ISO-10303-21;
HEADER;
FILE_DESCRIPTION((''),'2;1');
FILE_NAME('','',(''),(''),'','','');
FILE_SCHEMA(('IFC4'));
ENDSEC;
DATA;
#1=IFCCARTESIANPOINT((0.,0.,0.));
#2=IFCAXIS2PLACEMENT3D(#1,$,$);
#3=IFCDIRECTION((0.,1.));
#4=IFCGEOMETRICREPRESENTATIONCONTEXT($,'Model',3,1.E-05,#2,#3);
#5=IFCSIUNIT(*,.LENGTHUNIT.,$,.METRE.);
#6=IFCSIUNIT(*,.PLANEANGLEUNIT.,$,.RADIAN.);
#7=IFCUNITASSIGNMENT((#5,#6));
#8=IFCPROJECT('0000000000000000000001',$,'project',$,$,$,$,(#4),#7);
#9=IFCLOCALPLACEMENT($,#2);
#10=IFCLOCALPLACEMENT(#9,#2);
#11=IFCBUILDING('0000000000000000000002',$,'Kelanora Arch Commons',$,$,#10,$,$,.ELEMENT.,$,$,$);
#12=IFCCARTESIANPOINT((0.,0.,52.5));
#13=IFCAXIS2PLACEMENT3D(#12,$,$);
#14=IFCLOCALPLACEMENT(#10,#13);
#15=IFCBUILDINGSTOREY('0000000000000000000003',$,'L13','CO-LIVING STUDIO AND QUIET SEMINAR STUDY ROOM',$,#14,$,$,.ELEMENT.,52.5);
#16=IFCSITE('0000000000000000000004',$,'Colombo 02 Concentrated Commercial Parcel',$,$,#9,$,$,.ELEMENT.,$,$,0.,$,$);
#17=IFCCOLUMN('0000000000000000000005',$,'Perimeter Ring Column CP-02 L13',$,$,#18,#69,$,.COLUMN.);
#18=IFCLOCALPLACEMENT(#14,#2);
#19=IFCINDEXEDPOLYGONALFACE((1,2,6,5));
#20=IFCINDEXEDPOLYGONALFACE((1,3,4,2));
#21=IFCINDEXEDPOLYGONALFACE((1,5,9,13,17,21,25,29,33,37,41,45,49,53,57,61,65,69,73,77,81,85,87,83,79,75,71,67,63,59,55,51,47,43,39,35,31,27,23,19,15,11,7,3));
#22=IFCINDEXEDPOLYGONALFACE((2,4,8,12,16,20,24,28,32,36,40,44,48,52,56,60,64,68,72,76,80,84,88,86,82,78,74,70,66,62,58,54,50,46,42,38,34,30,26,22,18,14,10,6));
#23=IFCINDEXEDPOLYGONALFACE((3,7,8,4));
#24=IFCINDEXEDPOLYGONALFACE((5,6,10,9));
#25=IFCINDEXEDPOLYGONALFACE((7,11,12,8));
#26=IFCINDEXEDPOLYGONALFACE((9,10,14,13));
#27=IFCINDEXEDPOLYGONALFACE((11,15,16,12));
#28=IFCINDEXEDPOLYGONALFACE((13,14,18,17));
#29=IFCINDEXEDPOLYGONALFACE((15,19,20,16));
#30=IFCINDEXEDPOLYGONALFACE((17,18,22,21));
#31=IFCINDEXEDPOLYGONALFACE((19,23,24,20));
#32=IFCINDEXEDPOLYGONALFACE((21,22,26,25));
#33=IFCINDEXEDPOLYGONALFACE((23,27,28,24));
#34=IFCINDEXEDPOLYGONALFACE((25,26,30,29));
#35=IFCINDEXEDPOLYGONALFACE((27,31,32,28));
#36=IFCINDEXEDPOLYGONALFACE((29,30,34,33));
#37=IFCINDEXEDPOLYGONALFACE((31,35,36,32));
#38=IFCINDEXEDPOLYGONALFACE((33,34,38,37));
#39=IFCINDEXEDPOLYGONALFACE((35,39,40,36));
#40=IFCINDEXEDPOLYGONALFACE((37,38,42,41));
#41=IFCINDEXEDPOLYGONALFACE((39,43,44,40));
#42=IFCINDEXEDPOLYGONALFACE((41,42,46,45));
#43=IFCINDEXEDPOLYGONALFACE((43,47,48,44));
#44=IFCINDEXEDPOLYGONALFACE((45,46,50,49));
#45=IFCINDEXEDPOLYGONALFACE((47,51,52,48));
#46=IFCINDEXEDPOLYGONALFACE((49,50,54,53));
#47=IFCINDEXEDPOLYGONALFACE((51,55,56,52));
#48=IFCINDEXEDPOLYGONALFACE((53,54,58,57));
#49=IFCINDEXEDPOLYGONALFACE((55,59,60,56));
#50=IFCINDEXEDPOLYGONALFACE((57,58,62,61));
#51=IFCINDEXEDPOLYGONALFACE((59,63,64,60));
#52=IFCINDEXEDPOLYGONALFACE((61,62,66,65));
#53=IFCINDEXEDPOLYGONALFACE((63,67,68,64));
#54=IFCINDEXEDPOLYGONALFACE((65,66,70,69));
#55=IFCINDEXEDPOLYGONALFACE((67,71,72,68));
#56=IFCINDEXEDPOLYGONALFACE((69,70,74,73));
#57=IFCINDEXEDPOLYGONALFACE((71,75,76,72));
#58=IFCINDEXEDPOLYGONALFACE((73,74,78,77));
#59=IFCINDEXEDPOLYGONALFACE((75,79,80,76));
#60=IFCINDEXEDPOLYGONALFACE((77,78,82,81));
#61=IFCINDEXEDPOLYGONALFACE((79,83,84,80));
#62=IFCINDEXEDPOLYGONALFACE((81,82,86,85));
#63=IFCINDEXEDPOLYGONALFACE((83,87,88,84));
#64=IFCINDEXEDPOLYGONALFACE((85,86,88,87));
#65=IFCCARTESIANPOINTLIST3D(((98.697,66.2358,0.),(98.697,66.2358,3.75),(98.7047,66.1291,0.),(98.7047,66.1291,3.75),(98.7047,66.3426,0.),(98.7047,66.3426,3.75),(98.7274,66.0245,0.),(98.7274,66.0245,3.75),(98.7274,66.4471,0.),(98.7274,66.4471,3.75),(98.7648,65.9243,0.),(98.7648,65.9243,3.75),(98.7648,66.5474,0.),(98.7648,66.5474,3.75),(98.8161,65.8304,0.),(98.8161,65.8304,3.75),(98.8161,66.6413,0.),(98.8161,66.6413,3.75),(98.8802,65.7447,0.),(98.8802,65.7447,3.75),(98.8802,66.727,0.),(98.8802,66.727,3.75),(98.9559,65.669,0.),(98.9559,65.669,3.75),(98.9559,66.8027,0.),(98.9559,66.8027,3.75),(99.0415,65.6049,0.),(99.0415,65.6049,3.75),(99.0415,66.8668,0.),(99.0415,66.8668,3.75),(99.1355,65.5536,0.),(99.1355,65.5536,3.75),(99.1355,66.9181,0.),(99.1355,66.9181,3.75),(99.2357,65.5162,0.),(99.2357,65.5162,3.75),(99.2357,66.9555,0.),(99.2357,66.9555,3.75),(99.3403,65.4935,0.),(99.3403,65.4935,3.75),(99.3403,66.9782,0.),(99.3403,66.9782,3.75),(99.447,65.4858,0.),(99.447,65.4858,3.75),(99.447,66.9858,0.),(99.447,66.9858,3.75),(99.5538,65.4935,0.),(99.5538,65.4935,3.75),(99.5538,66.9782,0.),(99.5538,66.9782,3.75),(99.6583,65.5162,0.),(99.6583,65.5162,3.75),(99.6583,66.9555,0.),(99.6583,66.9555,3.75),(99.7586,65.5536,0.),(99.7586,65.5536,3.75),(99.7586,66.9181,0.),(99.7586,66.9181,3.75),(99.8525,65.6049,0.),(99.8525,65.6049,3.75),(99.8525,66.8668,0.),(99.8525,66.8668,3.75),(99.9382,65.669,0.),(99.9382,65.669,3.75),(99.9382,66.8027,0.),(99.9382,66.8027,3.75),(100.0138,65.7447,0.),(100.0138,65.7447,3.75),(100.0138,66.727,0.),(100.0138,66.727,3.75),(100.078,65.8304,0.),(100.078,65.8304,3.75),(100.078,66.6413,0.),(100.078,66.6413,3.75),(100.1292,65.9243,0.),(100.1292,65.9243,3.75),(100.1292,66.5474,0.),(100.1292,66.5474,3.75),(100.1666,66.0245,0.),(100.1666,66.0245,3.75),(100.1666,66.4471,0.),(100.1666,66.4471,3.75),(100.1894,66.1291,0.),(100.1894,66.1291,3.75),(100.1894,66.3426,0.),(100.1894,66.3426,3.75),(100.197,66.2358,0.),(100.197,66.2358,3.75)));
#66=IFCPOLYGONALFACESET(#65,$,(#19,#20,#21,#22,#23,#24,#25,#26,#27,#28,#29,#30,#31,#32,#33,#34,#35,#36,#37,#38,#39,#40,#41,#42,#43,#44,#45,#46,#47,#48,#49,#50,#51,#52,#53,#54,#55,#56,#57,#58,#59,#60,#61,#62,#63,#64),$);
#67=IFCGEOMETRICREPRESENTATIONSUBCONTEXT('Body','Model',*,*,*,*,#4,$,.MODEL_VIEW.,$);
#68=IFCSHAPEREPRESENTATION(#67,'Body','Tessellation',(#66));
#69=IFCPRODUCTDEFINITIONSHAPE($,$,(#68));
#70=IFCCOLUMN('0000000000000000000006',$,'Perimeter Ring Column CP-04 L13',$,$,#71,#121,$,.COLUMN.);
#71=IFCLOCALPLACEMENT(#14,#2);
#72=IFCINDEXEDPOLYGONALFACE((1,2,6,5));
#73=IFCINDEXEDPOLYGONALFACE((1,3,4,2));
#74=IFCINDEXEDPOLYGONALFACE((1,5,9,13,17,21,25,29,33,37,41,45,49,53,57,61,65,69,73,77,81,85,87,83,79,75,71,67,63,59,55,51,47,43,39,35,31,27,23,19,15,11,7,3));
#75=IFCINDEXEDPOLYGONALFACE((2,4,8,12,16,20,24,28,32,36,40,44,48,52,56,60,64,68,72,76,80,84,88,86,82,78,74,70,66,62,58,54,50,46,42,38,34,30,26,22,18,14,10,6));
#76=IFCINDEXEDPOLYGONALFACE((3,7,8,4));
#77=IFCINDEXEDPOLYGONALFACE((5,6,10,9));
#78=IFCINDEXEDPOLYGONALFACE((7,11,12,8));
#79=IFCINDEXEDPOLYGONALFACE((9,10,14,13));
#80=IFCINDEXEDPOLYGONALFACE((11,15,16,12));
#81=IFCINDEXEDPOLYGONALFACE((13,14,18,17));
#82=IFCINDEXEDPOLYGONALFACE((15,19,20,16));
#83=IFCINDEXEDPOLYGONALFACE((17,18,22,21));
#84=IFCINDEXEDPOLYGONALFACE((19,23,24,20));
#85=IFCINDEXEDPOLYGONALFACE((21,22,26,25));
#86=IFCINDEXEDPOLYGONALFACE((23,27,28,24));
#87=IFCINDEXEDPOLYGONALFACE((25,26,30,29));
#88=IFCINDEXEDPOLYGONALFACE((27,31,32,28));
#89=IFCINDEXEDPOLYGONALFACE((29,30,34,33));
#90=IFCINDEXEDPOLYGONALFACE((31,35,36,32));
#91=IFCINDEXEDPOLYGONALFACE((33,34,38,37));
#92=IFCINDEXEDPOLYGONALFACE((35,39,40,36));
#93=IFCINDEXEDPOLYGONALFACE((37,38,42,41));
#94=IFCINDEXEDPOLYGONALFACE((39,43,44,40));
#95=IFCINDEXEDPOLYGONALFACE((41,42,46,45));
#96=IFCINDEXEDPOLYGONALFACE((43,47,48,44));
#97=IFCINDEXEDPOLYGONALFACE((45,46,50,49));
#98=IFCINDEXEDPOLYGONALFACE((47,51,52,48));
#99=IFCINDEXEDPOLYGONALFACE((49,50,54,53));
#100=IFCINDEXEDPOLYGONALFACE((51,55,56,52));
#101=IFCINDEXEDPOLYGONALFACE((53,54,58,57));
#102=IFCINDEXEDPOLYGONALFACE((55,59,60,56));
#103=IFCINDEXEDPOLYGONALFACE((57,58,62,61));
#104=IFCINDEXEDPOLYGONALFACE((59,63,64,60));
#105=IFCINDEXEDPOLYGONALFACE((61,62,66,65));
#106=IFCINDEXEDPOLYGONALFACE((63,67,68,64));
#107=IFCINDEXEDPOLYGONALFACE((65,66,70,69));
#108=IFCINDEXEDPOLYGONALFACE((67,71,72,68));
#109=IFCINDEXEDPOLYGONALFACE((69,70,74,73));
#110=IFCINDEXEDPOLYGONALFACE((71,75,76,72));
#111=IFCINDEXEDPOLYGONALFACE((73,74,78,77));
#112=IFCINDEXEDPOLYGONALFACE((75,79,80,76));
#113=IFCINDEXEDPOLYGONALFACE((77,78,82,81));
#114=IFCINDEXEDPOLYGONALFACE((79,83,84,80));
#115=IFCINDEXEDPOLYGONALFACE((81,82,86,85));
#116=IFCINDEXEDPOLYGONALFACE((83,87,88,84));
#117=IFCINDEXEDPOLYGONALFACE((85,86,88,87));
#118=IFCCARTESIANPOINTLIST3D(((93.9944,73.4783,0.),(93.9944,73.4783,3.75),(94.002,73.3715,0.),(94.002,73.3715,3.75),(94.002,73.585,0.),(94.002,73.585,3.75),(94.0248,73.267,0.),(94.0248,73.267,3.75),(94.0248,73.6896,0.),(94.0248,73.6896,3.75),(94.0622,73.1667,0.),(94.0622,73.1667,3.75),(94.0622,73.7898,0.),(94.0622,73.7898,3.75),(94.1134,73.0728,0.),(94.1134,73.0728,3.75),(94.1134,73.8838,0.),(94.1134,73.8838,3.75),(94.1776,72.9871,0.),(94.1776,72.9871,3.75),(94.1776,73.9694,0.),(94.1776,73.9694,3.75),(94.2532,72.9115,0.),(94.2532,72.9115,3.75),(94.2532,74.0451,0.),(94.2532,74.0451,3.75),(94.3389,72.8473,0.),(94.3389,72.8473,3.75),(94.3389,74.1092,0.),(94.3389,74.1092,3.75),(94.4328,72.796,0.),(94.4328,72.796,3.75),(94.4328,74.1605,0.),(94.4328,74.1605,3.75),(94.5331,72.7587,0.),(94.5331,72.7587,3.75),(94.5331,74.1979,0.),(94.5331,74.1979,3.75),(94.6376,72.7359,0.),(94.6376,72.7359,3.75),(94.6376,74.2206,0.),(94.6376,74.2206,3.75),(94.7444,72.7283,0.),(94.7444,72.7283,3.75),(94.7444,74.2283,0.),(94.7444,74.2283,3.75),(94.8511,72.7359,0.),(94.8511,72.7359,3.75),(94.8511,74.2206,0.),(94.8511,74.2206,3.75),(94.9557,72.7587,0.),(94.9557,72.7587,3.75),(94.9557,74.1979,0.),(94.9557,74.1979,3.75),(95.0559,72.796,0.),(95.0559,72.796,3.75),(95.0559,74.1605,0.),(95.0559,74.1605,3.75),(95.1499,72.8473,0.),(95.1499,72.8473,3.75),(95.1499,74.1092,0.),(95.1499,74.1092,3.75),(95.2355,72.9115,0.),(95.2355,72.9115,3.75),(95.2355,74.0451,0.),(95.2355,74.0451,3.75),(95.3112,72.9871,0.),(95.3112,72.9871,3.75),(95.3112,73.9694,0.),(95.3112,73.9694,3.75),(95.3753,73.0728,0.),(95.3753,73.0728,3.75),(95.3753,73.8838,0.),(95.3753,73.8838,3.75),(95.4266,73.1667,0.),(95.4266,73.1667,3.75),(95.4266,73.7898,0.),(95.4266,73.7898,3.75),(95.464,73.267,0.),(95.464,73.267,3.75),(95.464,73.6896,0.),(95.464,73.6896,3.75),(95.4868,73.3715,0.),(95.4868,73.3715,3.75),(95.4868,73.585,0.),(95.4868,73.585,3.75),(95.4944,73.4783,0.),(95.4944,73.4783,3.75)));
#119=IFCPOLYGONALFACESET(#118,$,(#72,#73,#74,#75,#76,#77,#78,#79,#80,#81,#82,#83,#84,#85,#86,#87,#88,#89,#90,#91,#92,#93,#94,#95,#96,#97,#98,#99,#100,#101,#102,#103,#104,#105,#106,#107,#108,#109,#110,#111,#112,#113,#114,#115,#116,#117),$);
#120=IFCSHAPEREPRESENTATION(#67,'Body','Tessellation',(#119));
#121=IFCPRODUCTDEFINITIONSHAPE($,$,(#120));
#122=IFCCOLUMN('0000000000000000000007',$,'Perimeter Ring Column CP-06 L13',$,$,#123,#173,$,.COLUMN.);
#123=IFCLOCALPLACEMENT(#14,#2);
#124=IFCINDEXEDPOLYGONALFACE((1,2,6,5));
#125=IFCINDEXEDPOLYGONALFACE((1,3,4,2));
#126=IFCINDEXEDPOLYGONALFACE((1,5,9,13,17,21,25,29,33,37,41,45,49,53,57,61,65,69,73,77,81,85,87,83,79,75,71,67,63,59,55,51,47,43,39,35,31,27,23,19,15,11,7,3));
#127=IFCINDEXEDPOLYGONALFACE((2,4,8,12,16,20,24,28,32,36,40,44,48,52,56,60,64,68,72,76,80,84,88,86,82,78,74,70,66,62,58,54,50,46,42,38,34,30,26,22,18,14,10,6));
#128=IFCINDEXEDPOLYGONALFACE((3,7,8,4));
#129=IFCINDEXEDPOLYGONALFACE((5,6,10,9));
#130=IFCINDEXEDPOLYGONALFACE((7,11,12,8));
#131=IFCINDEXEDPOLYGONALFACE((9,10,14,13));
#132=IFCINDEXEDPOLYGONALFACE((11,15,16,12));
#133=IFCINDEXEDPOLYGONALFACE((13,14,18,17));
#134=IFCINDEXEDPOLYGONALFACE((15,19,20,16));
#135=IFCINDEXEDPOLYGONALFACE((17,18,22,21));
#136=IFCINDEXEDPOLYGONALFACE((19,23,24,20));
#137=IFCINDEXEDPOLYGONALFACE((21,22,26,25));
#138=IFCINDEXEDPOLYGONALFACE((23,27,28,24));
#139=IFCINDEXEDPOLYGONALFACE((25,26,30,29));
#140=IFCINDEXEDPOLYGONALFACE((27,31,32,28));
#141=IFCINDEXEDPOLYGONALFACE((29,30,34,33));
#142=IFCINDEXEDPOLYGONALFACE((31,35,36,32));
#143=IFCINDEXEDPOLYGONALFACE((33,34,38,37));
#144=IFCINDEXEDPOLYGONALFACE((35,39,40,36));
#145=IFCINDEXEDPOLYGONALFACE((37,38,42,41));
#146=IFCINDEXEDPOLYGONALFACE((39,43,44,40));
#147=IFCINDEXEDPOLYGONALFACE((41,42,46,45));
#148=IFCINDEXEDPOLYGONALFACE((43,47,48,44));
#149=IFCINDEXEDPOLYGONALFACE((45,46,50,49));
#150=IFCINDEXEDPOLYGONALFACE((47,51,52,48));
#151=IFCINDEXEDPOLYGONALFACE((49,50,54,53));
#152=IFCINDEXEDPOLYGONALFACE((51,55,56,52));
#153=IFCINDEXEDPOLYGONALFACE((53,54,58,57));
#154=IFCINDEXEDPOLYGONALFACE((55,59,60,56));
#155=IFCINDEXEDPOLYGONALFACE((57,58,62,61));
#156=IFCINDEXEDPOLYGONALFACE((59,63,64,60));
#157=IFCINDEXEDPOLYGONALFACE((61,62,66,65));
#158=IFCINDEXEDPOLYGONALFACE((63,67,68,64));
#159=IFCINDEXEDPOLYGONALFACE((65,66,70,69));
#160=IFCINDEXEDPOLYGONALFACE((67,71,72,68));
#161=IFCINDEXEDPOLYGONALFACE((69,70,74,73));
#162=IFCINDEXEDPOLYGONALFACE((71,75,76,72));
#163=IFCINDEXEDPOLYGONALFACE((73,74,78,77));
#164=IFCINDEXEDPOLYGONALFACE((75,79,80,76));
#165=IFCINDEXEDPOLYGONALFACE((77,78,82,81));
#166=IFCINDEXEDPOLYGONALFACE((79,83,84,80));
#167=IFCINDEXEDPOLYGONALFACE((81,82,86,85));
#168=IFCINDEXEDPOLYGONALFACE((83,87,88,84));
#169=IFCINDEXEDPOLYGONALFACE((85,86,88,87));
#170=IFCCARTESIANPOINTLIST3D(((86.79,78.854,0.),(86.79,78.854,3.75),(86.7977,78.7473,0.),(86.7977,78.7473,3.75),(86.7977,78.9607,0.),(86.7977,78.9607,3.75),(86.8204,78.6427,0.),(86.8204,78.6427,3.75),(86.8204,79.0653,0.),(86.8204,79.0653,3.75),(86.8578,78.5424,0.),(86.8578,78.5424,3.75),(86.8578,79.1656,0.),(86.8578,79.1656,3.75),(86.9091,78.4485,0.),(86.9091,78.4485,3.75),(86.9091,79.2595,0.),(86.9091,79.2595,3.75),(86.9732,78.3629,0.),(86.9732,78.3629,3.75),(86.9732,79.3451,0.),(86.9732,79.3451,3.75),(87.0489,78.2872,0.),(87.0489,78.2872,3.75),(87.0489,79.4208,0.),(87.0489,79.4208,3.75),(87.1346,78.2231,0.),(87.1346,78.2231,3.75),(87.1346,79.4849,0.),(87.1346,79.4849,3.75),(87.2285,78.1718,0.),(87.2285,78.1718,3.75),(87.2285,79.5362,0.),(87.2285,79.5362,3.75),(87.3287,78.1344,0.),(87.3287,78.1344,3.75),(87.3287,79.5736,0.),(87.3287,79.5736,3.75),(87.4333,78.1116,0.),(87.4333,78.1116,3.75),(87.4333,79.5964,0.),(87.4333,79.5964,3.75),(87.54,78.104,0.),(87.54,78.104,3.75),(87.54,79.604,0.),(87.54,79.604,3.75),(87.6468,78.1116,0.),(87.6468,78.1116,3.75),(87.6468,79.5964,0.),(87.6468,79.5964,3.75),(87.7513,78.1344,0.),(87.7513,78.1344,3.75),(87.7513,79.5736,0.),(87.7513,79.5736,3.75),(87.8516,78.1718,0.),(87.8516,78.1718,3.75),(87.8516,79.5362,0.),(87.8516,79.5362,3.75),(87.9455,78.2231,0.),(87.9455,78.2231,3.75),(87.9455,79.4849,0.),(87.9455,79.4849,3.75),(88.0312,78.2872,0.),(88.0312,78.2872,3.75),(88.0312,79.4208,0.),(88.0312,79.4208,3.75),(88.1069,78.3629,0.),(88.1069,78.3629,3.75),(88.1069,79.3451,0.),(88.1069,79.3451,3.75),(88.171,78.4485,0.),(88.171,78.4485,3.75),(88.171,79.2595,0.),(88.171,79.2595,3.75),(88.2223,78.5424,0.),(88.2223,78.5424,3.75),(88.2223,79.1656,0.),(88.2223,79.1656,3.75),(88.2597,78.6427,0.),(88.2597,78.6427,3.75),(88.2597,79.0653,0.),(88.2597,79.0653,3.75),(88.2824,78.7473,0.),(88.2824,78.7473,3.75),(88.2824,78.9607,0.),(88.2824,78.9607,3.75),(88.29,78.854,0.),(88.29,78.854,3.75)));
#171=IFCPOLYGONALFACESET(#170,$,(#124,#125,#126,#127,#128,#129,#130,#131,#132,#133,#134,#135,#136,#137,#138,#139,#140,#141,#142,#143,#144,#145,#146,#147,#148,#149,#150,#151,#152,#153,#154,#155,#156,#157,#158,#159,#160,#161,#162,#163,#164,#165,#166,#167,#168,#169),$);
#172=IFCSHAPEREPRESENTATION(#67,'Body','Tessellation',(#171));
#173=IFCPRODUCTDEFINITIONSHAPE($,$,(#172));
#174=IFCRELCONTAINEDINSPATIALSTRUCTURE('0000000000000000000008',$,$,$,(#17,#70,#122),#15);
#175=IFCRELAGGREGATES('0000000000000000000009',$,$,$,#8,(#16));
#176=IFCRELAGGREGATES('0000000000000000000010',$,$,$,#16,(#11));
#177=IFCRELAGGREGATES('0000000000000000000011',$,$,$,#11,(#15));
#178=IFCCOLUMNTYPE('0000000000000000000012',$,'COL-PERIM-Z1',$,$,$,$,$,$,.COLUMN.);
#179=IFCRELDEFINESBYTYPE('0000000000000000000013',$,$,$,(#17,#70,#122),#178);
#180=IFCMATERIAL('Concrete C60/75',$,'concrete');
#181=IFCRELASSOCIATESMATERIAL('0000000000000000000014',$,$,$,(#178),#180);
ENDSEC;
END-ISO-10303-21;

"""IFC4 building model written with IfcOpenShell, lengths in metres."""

from ifc_helpers import new_model, si_unit, direction, frame, origin, origin_2d, place, context, subcontext, project, spatial, circle, extrude, material, material_profile, profile_set, type_object, element, save


model = new_model("IFC4")

# Units and contexts
model_context = context("Model", 3, precision=1e-05, world=origin(), true_north=direction((0.0, 1.0)))
body_context = subcontext(model_context, "Body", "Model", "MODEL_VIEW")
ifc_project = project(units=[si_unit("LENGTHUNIT", "METRE"), si_unit("PLANEANGLEUNIT", "RADIAN")], contexts=[model_context])

# Site, building, storey
site_placement = place(None, origin())
site = spatial("IfcSite", under=ifc_project, at=site_placement, Name="Colombo 02 Concentrated Commercial Parcel", CompositionType="ELEMENT", RefElevation=0.0)
building_placement = place(site_placement, origin())
building = spatial("IfcBuilding", under=site, at=building_placement, Name="Kelanora Arch Commons", CompositionType="ELEMENT")
storey_placement = place(building_placement, frame((0.0, 0.0, 52.5)))
storey = spatial("IfcBuildingStorey", under=building, at=storey_placement, Name="L13", Description="CO-LIVING STUDIO AND QUIET SEMINAR STUDY ROOM", CompositionType="ELEMENT", Elevation=52.5)

# Columns
ifc_material_1 = material(Name="Concrete C60/75", Category="concrete")
ifc_material_profile_1 = material_profile(ifc_material_1, circle(Radius=0.75, at=origin_2d()), Name="RCC1500")
ifc_profile_set_1 = profile_set([ifc_material_profile_1], Name="Concrete C60/75")
column_type = type_object("IfcColumnType", Name="COL-PERIM-Z1", PredefinedType="COLUMN", material=ifc_profile_set_1)
for number, where, z_axis, x_axis, name in (
    (1, (99.447, 66.2358, 0.0), (0.0, 0.0, 1.0), (1.0, 0.0, 0.0), "Perimeter Ring Column CP-02 L13"),
    (2, (94.7444, 73.4783, 0.0), (0.0, 0.0, 1.0), (1.0, 0.0, 0.0), "Perimeter Ring Column CP-04 L13"),
    (3, (87.54, 78.854, 0.0), (0.0, 0.0, 1.0), (1.0, 0.0, 0.0), "Perimeter Ring Column CP-06 L13"),
):
    element("IfcColumn", number, at=place(storey_placement, frame(where, z_axis=z_axis, x_axis=x_axis)), inside=storey, type_object=column_type, Name=name, PredefinedType="COLUMN", context=body_context, shape_type="SweptSolid", body=[
        extrude(circle(Radius=0.75, at=origin_2d()), origin(), (0.0, 0.0, 1.0), 3.75),
    ])

save(model, "model.ifc")
